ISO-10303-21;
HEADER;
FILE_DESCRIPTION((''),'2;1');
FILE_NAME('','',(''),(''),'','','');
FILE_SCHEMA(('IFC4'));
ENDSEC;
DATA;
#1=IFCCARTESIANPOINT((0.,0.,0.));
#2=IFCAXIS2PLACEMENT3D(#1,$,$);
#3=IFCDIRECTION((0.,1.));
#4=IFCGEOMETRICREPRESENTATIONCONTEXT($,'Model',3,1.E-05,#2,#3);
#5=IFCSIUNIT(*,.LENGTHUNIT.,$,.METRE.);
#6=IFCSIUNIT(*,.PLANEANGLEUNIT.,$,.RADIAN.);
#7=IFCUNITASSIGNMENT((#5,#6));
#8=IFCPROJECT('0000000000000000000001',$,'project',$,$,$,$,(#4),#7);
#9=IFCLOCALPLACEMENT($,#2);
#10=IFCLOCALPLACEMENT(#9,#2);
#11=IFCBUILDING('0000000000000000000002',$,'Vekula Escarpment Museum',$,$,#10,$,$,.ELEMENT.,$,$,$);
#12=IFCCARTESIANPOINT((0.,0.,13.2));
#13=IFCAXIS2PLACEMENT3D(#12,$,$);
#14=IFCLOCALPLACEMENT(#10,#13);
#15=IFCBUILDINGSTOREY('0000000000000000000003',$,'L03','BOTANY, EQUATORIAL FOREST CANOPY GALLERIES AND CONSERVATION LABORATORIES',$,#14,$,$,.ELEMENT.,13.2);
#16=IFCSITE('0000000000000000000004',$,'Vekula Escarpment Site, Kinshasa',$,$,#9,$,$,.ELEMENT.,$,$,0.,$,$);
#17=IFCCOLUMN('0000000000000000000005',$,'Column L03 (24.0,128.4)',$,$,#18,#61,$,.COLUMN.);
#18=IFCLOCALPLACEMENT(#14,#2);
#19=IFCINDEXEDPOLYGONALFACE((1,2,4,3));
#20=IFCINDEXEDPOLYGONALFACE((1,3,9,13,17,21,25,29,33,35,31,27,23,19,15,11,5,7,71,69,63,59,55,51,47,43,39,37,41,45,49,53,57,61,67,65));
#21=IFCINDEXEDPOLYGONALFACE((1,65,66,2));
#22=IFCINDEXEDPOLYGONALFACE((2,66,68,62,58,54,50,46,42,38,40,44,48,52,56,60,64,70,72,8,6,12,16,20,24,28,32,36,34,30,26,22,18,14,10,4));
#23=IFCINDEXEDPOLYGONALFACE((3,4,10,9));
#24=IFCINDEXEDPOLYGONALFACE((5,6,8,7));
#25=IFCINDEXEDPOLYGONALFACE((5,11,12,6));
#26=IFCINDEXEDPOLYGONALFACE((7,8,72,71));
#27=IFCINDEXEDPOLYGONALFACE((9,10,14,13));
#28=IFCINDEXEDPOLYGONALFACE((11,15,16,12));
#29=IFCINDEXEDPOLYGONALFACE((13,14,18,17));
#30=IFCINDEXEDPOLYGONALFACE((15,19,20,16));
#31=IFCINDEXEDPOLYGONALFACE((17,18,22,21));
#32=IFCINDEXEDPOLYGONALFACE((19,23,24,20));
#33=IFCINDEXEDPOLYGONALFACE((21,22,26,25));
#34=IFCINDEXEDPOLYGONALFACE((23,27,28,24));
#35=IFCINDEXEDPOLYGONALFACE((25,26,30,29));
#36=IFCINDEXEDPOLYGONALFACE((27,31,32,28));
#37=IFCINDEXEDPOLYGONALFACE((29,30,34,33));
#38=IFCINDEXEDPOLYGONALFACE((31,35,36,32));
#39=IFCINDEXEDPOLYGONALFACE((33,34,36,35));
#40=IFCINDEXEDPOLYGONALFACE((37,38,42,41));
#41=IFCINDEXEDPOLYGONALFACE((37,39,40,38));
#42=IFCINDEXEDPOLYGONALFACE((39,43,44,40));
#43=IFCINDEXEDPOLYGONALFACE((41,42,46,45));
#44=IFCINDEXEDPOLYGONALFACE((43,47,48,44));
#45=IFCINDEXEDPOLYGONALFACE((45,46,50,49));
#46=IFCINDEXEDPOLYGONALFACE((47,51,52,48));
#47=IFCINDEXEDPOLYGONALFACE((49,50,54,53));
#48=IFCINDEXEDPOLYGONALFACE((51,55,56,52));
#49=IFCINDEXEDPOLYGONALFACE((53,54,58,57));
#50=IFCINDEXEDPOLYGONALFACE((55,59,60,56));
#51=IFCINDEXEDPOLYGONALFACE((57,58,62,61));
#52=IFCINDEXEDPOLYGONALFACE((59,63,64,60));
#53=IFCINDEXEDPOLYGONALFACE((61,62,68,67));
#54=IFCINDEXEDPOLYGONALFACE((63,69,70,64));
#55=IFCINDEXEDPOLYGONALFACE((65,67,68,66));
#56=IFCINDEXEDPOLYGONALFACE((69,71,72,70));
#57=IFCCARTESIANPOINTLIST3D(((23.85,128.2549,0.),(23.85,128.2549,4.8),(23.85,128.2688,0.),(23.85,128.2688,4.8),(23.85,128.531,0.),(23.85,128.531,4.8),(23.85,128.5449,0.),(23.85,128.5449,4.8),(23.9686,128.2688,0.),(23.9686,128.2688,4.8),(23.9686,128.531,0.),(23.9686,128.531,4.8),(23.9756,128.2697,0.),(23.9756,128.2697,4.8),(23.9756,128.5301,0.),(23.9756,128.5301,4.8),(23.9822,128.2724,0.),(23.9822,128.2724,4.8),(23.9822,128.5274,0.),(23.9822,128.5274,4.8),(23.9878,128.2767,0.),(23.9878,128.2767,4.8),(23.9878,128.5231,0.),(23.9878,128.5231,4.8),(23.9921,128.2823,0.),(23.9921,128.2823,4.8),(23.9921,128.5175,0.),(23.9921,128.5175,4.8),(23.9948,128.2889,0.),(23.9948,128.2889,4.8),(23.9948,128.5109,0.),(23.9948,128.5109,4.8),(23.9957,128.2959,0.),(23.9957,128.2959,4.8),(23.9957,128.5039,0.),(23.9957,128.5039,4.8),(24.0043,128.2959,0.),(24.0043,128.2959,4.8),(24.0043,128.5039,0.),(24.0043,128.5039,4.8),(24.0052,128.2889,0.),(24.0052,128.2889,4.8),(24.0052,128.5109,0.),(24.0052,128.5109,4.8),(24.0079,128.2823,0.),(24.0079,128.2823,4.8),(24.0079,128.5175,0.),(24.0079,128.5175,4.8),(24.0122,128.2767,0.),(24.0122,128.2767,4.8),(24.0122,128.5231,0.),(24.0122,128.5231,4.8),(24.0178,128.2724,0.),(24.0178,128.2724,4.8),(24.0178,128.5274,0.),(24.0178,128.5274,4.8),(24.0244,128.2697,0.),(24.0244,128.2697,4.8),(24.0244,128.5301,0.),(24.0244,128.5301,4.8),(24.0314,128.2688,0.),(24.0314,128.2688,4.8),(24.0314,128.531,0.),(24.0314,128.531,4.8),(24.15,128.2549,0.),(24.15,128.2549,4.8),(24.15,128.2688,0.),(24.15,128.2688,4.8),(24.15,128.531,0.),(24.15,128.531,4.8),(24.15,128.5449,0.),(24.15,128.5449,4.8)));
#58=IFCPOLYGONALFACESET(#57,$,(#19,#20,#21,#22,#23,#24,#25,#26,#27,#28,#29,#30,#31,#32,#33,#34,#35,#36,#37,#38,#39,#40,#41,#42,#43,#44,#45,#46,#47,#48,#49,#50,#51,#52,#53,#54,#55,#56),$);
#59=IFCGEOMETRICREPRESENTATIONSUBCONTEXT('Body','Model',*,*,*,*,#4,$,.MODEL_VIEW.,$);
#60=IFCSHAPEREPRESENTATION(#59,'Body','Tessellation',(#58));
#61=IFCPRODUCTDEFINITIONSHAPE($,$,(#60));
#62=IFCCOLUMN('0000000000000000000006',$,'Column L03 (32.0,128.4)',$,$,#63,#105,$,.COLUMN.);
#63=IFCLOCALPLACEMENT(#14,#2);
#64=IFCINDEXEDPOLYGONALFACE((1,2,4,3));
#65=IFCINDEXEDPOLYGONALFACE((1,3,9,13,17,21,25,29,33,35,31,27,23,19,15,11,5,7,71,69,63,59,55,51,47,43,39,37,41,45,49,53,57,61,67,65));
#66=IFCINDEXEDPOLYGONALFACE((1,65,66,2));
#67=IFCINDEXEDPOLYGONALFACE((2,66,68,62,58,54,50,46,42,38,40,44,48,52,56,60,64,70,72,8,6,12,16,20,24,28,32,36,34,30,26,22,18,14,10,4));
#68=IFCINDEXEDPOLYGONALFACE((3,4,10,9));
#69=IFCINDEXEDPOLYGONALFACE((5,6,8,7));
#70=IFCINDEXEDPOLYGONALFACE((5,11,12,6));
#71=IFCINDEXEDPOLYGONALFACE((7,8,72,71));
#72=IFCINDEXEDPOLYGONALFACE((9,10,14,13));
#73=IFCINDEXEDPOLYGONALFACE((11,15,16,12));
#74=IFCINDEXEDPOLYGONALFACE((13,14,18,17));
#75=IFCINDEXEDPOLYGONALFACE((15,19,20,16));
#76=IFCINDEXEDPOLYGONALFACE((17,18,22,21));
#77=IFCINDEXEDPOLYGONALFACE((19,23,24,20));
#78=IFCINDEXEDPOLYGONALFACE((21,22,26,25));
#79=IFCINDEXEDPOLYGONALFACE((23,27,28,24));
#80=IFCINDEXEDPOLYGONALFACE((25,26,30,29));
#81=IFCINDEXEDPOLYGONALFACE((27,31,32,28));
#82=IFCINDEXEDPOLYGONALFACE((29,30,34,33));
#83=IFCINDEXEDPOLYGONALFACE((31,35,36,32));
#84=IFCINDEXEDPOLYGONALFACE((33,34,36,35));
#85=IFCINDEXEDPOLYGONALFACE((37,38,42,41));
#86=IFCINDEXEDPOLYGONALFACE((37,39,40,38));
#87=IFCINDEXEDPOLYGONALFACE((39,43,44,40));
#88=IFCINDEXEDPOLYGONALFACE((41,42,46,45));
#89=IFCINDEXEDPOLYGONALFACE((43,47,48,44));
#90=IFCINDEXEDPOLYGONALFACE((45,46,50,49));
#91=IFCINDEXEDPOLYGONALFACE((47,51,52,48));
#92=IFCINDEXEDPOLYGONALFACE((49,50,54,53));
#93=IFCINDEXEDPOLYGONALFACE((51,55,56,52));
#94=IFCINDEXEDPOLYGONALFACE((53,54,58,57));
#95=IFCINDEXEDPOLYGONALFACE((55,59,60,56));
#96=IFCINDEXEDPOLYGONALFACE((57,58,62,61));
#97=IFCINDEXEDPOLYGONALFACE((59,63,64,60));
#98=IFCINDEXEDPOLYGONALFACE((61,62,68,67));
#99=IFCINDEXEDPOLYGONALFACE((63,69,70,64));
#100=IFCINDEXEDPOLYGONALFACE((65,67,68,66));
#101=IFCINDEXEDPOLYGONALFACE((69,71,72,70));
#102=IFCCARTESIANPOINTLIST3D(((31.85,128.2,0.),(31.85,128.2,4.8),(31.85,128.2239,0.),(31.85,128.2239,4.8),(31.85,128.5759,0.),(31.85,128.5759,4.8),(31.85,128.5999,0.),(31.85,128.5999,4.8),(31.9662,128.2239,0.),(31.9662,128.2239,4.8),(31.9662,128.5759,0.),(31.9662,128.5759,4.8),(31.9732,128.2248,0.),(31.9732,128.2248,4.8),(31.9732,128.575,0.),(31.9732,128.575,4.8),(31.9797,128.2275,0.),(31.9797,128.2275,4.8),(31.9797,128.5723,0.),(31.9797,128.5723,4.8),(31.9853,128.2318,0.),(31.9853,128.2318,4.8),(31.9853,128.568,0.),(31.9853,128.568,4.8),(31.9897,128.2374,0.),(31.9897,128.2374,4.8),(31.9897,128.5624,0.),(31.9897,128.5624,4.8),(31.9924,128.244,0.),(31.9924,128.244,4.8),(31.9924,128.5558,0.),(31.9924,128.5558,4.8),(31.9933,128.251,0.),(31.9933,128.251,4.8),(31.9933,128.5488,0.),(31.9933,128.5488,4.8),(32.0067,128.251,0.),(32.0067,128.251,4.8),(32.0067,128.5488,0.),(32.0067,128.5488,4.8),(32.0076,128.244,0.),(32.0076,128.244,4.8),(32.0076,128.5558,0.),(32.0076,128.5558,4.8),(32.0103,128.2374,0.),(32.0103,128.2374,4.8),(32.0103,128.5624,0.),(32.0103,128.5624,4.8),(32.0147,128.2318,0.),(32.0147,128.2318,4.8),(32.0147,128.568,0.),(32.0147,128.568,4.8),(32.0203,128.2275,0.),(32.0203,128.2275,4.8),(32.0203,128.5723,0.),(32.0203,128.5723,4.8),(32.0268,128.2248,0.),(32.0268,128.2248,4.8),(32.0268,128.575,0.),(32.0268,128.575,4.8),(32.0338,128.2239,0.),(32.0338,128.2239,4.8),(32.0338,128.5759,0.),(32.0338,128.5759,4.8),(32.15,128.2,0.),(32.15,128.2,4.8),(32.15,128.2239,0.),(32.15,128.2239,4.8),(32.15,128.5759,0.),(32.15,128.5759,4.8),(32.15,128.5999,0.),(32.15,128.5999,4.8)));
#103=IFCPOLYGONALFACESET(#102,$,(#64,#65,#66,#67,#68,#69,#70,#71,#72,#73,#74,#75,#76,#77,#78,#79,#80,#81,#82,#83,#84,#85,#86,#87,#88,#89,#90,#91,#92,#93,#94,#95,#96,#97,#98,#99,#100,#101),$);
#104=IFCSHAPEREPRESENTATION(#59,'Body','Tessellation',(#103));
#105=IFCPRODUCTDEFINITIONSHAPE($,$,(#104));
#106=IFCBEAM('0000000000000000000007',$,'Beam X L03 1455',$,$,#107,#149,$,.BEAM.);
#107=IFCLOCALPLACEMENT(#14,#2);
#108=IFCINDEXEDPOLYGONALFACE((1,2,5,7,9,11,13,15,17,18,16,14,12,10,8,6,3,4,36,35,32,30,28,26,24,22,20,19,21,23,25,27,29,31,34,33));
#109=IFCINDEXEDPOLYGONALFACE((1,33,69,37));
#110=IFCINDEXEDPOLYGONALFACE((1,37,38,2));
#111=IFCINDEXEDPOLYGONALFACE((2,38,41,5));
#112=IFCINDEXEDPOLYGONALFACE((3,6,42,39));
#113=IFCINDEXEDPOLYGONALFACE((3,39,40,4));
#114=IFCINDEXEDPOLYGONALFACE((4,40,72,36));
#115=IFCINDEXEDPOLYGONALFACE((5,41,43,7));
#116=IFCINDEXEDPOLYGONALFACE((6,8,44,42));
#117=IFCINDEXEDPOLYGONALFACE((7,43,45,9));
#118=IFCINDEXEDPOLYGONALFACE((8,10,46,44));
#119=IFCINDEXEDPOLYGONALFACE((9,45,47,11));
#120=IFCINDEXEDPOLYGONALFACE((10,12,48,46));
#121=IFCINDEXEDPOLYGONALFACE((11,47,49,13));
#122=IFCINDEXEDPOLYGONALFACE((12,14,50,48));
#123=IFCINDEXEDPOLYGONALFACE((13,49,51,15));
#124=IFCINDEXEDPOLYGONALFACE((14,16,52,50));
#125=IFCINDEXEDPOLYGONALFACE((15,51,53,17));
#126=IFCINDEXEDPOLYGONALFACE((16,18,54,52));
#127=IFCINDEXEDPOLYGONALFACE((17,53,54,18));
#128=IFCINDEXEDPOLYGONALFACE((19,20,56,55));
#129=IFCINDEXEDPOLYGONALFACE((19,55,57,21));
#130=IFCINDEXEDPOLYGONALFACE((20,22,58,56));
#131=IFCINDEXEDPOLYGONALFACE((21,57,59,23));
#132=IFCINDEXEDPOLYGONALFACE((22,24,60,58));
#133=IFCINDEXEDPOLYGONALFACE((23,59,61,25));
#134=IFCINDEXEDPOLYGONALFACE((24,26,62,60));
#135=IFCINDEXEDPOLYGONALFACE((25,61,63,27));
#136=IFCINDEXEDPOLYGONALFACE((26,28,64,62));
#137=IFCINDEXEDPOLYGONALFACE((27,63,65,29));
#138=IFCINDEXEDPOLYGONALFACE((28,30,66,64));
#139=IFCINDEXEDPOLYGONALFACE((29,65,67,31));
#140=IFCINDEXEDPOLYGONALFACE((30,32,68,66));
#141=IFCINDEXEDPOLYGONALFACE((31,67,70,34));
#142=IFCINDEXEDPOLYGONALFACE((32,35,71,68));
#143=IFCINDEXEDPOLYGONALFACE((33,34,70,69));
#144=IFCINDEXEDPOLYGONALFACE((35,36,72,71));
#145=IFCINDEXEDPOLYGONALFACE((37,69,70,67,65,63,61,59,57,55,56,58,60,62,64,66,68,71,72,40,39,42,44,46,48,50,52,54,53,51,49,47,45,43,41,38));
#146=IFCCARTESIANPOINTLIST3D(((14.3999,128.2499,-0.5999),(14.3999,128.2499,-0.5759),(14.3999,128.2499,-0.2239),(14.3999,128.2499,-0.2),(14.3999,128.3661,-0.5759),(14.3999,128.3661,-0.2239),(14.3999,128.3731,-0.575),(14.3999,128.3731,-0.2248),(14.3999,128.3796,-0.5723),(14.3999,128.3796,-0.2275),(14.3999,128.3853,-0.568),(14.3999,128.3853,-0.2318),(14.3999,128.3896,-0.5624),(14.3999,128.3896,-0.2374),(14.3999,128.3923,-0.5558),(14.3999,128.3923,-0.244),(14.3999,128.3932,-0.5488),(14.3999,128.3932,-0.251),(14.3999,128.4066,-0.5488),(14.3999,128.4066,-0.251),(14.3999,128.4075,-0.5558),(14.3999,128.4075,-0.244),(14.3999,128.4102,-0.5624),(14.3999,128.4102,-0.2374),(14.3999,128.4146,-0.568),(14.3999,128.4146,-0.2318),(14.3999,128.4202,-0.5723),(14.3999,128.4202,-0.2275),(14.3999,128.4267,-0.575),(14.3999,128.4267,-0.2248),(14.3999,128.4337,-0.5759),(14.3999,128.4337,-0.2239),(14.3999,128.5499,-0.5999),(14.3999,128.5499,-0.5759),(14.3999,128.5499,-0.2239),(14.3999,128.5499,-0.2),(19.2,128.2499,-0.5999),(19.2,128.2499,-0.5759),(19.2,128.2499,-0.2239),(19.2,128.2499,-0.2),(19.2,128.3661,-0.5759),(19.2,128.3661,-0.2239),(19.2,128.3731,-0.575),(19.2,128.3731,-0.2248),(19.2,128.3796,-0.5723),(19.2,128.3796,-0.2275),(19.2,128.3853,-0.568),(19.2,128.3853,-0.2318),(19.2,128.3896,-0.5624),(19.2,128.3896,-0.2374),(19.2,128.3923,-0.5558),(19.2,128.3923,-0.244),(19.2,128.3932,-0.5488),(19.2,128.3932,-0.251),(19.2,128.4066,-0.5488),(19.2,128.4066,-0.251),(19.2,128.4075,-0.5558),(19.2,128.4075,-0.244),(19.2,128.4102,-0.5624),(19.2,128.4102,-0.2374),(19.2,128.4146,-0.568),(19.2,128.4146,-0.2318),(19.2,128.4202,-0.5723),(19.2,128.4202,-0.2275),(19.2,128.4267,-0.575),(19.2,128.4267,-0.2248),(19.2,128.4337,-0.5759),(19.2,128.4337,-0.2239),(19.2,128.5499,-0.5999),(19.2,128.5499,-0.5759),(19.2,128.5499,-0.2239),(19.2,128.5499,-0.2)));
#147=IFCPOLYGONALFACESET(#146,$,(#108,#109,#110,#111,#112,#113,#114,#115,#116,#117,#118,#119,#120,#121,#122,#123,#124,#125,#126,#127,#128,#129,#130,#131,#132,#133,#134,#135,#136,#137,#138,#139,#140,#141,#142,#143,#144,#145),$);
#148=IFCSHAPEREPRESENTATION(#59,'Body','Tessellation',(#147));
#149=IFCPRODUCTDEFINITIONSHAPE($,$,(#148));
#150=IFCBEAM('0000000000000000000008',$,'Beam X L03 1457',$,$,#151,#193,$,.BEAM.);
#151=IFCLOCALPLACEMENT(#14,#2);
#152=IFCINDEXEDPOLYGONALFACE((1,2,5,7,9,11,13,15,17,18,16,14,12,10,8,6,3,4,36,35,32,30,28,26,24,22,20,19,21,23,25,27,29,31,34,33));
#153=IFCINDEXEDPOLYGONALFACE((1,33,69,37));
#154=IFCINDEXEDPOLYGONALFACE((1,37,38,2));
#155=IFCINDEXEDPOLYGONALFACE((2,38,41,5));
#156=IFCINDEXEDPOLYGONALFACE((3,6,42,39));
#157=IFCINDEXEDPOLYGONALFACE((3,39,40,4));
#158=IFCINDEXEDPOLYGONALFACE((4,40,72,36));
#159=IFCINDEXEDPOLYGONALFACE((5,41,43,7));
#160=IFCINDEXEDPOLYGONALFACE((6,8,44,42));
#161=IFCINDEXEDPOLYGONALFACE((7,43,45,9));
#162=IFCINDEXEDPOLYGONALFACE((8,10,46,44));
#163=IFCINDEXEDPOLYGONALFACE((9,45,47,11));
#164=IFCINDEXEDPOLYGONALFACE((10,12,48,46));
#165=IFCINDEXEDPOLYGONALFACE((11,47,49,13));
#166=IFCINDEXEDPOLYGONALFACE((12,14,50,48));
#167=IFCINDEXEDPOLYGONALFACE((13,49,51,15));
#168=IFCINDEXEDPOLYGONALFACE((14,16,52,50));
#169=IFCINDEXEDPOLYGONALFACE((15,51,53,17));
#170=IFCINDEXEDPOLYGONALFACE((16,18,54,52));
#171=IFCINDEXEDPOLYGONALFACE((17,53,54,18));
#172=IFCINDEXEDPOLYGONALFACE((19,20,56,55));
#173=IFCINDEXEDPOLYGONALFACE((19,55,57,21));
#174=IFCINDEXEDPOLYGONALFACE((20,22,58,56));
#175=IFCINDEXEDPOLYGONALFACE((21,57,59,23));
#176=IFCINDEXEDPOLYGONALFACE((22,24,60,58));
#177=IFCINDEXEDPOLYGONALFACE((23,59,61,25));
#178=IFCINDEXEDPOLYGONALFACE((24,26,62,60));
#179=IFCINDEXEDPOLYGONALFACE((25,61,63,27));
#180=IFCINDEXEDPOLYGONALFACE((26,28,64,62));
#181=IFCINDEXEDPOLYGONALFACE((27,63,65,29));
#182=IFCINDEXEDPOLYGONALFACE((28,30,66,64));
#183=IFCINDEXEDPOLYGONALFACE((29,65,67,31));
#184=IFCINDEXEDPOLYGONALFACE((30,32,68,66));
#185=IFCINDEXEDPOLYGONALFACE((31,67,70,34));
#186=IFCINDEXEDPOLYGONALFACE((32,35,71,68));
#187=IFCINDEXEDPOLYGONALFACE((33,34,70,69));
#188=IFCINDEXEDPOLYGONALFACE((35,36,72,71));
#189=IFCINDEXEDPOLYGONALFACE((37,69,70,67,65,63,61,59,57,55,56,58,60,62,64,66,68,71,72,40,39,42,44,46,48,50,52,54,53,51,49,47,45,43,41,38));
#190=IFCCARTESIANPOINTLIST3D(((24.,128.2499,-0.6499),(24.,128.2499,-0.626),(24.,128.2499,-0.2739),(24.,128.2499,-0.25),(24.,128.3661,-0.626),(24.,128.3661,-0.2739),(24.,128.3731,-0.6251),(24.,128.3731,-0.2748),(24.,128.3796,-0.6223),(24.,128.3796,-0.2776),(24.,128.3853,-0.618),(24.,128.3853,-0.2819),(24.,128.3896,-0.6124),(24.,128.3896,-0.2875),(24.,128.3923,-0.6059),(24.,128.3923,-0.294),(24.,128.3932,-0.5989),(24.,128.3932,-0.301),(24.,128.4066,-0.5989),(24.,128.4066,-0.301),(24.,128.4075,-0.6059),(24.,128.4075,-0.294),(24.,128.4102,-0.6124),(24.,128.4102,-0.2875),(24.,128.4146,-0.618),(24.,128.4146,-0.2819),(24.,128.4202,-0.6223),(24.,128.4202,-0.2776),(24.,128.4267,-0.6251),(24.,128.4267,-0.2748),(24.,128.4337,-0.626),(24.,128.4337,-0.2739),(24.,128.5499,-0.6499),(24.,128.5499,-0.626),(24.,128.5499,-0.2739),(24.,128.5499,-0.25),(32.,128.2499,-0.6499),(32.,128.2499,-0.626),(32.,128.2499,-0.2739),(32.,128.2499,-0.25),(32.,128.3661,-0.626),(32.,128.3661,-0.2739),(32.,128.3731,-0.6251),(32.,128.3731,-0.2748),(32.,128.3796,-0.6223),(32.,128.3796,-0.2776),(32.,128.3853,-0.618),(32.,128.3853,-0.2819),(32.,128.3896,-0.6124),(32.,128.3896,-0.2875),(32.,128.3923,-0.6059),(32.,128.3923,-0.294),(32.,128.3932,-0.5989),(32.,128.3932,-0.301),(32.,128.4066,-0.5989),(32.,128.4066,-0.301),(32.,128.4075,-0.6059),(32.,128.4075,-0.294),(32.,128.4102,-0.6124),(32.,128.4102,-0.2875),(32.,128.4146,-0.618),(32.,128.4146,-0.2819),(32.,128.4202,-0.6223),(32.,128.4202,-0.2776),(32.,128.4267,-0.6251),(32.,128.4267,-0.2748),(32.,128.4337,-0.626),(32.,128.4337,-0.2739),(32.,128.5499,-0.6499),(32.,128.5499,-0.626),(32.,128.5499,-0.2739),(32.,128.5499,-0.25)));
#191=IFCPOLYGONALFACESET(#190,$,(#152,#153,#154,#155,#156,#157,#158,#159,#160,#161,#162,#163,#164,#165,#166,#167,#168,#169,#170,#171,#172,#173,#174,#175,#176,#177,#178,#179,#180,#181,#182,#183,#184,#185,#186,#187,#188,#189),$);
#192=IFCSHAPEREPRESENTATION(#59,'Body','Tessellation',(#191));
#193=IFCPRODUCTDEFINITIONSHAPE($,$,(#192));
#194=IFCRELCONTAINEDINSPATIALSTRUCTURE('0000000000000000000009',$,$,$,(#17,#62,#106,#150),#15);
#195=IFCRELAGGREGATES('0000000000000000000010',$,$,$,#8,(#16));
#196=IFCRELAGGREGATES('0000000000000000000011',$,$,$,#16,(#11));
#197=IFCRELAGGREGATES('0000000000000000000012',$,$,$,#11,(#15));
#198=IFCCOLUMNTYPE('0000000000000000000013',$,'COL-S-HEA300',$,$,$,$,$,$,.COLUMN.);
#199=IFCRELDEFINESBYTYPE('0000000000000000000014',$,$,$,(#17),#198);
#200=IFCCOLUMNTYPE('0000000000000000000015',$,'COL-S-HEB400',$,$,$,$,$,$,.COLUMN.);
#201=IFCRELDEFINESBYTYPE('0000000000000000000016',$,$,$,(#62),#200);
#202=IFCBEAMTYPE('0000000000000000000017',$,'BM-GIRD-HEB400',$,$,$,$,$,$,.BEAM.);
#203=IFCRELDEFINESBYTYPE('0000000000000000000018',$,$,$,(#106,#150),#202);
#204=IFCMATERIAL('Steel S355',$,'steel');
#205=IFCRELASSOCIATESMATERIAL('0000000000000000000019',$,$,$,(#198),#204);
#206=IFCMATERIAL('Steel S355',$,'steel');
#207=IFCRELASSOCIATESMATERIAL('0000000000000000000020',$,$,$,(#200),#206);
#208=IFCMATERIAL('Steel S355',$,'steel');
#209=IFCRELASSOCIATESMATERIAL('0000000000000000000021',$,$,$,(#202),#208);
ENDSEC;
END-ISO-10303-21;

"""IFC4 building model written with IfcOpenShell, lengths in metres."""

from ifc_helpers import new_model, si_unit, direction, frame, origin, origin_2d, place, context, subcontext, project, spatial, i_section, extrude, material, material_profile, profile_set, type_object, element, save


model = new_model("IFC4")

# Units and contexts
model_context = context("Model", 3, precision=1e-05, world=origin(), true_north=direction((0.0, 1.0)))
body_context = subcontext(model_context, "Body", "Model", "MODEL_VIEW")
ifc_project = project(units=[si_unit("LENGTHUNIT", "METRE"), si_unit("PLANEANGLEUNIT", "RADIAN")], contexts=[model_context])

# Site, building, storey
site_placement = place(None, origin())
site = spatial("IfcSite", under=ifc_project, at=site_placement, Name="Vekula Escarpment Site, Kinshasa", CompositionType="ELEMENT", RefElevation=0.0)
building_placement = place(site_placement, origin())
building = spatial("IfcBuilding", under=site, at=building_placement, Name="Vekula Escarpment Museum", CompositionType="ELEMENT")
storey_placement = place(building_placement, frame((0.0, 0.0, 13.2)))
storey = spatial("IfcBuildingStorey", under=building, at=storey_placement, Name="L03", Description="BOTANY, EQUATORIAL FOREST CANOPY GALLERIES AND CONSERVATION LABORATORIES", CompositionType="ELEMENT", Elevation=13.2)

# Columns
ifc_material_1 = material(Name="Steel S355", Category="steel")
ifc_material_profile_1 = material_profile(ifc_material_1, i_section(OverallWidth=0.3, OverallDepth=0.29, WebThickness=0.0085, FlangeThickness=0.0139, FilletRadius=0.0271, at=origin_2d()), Name="HEA 300")
ifc_profile_set_1 = profile_set([ifc_material_profile_1], Name="Steel S355")
column_type_1 = type_object("IfcColumnType", Name="COL-S-HEA300", PredefinedType="COLUMN", material=ifc_profile_set_1)
column_1_placement = place(storey_placement, frame((24.0, 128.3999, 0.0), z_axis=(0.0, 0.0, 1.0), x_axis=(1.0, 0.0, 0.0)))
element("IfcColumn", 1, at=column_1_placement, inside=storey, type_object=column_type_1, Name="Column L03 (24.0,128.4)", PredefinedType="COLUMN", context=body_context, shape_type="SweptSolid", body=[
    extrude(i_section(OverallWidth=0.3, OverallDepth=0.29, WebThickness=0.0085, FlangeThickness=0.0139, FilletRadius=0.0271, at=origin_2d()), origin(), (0.0, 0.0, 1.0), 4.8),
])
ifc_material_2 = material(Name="Steel S355", Category="steel")
ifc_material_profile_2 = material_profile(ifc_material_2, i_section(OverallWidth=0.3, OverallDepth=0.3999, WebThickness=0.0134, FlangeThickness=0.0239, FilletRadius=0.0271, at=origin_2d()), Name="HEB 400")
ifc_profile_set_2 = profile_set([ifc_material_profile_2], Name="Steel S355")
column_type_2 = type_object("IfcColumnType", Name="COL-S-HEB400", PredefinedType="COLUMN", material=ifc_profile_set_2)
column_2_placement = place(storey_placement, frame((32.0, 128.3999, 0.0), z_axis=(0.0, 0.0, 1.0), x_axis=(1.0, 0.0, 0.0)))
element("IfcColumn", 2, at=column_2_placement, inside=storey, type_object=column_type_2, Name="Column L03 (32.0,128.4)", PredefinedType="COLUMN", context=body_context, shape_type="SweptSolid", body=[
    extrude(i_section(OverallWidth=0.3, OverallDepth=0.3999, WebThickness=0.0134, FlangeThickness=0.0239, FilletRadius=0.0271, at=origin_2d()), origin(), (0.0, 0.0, 1.0), 4.8),
])

# Beams
ifc_material_3 = material(Name="Steel S355", Category="steel")
ifc_material_profile_3 = material_profile(ifc_material_3, i_section(OverallWidth=0.3, OverallDepth=0.3999, WebThickness=0.0134, FlangeThickness=0.0239, FilletRadius=0.0271, at=origin_2d()), Name="HEB 400")
ifc_profile_set_3 = profile_set([ifc_material_profile_3], Name="Steel S355")
beam_type_1 = type_object("IfcBeamType", Name="BM-GIRD-HEB400", PredefinedType="BEAM", material=ifc_profile_set_3)
beam_1_placement = place(storey_placement, frame((14.3999, 128.3999, -0.3999), z_axis=(1.0, 0.0, 0.0), x_axis=(0.0, 1.0, 0.0)))
element("IfcBeam", 3, at=beam_1_placement, inside=storey, type_object=beam_type_1, Name="Beam X L03 1455", PredefinedType="BEAM", context=body_context, shape_type="SweptSolid", body=[
    extrude(i_section(OverallWidth=0.3, OverallDepth=0.3999, WebThickness=0.0134, FlangeThickness=0.0239, FilletRadius=0.0271, at=origin_2d()), origin(), (0.0, 0.0, 1.0), 4.8),
])
beam_2_placement = place(storey_placement, frame((24.0, 128.3999, -0.45), z_axis=(1.0, 0.0, 0.0), x_axis=(0.0, 1.0, 0.0)))
element("IfcBeam", 4, at=beam_2_placement, inside=storey, type_object=beam_type_1, Name="Beam X L03 1457", PredefinedType="BEAM", context=body_context, shape_type="SweptSolid", body=[
    extrude(i_section(OverallWidth=0.3, OverallDepth=0.3999, WebThickness=0.0134, FlangeThickness=0.0239, FilletRadius=0.0271, at=origin_2d()), origin(), (0.0, 0.0, 1.0), 8.0),
])

save(model, "model.ifc")
